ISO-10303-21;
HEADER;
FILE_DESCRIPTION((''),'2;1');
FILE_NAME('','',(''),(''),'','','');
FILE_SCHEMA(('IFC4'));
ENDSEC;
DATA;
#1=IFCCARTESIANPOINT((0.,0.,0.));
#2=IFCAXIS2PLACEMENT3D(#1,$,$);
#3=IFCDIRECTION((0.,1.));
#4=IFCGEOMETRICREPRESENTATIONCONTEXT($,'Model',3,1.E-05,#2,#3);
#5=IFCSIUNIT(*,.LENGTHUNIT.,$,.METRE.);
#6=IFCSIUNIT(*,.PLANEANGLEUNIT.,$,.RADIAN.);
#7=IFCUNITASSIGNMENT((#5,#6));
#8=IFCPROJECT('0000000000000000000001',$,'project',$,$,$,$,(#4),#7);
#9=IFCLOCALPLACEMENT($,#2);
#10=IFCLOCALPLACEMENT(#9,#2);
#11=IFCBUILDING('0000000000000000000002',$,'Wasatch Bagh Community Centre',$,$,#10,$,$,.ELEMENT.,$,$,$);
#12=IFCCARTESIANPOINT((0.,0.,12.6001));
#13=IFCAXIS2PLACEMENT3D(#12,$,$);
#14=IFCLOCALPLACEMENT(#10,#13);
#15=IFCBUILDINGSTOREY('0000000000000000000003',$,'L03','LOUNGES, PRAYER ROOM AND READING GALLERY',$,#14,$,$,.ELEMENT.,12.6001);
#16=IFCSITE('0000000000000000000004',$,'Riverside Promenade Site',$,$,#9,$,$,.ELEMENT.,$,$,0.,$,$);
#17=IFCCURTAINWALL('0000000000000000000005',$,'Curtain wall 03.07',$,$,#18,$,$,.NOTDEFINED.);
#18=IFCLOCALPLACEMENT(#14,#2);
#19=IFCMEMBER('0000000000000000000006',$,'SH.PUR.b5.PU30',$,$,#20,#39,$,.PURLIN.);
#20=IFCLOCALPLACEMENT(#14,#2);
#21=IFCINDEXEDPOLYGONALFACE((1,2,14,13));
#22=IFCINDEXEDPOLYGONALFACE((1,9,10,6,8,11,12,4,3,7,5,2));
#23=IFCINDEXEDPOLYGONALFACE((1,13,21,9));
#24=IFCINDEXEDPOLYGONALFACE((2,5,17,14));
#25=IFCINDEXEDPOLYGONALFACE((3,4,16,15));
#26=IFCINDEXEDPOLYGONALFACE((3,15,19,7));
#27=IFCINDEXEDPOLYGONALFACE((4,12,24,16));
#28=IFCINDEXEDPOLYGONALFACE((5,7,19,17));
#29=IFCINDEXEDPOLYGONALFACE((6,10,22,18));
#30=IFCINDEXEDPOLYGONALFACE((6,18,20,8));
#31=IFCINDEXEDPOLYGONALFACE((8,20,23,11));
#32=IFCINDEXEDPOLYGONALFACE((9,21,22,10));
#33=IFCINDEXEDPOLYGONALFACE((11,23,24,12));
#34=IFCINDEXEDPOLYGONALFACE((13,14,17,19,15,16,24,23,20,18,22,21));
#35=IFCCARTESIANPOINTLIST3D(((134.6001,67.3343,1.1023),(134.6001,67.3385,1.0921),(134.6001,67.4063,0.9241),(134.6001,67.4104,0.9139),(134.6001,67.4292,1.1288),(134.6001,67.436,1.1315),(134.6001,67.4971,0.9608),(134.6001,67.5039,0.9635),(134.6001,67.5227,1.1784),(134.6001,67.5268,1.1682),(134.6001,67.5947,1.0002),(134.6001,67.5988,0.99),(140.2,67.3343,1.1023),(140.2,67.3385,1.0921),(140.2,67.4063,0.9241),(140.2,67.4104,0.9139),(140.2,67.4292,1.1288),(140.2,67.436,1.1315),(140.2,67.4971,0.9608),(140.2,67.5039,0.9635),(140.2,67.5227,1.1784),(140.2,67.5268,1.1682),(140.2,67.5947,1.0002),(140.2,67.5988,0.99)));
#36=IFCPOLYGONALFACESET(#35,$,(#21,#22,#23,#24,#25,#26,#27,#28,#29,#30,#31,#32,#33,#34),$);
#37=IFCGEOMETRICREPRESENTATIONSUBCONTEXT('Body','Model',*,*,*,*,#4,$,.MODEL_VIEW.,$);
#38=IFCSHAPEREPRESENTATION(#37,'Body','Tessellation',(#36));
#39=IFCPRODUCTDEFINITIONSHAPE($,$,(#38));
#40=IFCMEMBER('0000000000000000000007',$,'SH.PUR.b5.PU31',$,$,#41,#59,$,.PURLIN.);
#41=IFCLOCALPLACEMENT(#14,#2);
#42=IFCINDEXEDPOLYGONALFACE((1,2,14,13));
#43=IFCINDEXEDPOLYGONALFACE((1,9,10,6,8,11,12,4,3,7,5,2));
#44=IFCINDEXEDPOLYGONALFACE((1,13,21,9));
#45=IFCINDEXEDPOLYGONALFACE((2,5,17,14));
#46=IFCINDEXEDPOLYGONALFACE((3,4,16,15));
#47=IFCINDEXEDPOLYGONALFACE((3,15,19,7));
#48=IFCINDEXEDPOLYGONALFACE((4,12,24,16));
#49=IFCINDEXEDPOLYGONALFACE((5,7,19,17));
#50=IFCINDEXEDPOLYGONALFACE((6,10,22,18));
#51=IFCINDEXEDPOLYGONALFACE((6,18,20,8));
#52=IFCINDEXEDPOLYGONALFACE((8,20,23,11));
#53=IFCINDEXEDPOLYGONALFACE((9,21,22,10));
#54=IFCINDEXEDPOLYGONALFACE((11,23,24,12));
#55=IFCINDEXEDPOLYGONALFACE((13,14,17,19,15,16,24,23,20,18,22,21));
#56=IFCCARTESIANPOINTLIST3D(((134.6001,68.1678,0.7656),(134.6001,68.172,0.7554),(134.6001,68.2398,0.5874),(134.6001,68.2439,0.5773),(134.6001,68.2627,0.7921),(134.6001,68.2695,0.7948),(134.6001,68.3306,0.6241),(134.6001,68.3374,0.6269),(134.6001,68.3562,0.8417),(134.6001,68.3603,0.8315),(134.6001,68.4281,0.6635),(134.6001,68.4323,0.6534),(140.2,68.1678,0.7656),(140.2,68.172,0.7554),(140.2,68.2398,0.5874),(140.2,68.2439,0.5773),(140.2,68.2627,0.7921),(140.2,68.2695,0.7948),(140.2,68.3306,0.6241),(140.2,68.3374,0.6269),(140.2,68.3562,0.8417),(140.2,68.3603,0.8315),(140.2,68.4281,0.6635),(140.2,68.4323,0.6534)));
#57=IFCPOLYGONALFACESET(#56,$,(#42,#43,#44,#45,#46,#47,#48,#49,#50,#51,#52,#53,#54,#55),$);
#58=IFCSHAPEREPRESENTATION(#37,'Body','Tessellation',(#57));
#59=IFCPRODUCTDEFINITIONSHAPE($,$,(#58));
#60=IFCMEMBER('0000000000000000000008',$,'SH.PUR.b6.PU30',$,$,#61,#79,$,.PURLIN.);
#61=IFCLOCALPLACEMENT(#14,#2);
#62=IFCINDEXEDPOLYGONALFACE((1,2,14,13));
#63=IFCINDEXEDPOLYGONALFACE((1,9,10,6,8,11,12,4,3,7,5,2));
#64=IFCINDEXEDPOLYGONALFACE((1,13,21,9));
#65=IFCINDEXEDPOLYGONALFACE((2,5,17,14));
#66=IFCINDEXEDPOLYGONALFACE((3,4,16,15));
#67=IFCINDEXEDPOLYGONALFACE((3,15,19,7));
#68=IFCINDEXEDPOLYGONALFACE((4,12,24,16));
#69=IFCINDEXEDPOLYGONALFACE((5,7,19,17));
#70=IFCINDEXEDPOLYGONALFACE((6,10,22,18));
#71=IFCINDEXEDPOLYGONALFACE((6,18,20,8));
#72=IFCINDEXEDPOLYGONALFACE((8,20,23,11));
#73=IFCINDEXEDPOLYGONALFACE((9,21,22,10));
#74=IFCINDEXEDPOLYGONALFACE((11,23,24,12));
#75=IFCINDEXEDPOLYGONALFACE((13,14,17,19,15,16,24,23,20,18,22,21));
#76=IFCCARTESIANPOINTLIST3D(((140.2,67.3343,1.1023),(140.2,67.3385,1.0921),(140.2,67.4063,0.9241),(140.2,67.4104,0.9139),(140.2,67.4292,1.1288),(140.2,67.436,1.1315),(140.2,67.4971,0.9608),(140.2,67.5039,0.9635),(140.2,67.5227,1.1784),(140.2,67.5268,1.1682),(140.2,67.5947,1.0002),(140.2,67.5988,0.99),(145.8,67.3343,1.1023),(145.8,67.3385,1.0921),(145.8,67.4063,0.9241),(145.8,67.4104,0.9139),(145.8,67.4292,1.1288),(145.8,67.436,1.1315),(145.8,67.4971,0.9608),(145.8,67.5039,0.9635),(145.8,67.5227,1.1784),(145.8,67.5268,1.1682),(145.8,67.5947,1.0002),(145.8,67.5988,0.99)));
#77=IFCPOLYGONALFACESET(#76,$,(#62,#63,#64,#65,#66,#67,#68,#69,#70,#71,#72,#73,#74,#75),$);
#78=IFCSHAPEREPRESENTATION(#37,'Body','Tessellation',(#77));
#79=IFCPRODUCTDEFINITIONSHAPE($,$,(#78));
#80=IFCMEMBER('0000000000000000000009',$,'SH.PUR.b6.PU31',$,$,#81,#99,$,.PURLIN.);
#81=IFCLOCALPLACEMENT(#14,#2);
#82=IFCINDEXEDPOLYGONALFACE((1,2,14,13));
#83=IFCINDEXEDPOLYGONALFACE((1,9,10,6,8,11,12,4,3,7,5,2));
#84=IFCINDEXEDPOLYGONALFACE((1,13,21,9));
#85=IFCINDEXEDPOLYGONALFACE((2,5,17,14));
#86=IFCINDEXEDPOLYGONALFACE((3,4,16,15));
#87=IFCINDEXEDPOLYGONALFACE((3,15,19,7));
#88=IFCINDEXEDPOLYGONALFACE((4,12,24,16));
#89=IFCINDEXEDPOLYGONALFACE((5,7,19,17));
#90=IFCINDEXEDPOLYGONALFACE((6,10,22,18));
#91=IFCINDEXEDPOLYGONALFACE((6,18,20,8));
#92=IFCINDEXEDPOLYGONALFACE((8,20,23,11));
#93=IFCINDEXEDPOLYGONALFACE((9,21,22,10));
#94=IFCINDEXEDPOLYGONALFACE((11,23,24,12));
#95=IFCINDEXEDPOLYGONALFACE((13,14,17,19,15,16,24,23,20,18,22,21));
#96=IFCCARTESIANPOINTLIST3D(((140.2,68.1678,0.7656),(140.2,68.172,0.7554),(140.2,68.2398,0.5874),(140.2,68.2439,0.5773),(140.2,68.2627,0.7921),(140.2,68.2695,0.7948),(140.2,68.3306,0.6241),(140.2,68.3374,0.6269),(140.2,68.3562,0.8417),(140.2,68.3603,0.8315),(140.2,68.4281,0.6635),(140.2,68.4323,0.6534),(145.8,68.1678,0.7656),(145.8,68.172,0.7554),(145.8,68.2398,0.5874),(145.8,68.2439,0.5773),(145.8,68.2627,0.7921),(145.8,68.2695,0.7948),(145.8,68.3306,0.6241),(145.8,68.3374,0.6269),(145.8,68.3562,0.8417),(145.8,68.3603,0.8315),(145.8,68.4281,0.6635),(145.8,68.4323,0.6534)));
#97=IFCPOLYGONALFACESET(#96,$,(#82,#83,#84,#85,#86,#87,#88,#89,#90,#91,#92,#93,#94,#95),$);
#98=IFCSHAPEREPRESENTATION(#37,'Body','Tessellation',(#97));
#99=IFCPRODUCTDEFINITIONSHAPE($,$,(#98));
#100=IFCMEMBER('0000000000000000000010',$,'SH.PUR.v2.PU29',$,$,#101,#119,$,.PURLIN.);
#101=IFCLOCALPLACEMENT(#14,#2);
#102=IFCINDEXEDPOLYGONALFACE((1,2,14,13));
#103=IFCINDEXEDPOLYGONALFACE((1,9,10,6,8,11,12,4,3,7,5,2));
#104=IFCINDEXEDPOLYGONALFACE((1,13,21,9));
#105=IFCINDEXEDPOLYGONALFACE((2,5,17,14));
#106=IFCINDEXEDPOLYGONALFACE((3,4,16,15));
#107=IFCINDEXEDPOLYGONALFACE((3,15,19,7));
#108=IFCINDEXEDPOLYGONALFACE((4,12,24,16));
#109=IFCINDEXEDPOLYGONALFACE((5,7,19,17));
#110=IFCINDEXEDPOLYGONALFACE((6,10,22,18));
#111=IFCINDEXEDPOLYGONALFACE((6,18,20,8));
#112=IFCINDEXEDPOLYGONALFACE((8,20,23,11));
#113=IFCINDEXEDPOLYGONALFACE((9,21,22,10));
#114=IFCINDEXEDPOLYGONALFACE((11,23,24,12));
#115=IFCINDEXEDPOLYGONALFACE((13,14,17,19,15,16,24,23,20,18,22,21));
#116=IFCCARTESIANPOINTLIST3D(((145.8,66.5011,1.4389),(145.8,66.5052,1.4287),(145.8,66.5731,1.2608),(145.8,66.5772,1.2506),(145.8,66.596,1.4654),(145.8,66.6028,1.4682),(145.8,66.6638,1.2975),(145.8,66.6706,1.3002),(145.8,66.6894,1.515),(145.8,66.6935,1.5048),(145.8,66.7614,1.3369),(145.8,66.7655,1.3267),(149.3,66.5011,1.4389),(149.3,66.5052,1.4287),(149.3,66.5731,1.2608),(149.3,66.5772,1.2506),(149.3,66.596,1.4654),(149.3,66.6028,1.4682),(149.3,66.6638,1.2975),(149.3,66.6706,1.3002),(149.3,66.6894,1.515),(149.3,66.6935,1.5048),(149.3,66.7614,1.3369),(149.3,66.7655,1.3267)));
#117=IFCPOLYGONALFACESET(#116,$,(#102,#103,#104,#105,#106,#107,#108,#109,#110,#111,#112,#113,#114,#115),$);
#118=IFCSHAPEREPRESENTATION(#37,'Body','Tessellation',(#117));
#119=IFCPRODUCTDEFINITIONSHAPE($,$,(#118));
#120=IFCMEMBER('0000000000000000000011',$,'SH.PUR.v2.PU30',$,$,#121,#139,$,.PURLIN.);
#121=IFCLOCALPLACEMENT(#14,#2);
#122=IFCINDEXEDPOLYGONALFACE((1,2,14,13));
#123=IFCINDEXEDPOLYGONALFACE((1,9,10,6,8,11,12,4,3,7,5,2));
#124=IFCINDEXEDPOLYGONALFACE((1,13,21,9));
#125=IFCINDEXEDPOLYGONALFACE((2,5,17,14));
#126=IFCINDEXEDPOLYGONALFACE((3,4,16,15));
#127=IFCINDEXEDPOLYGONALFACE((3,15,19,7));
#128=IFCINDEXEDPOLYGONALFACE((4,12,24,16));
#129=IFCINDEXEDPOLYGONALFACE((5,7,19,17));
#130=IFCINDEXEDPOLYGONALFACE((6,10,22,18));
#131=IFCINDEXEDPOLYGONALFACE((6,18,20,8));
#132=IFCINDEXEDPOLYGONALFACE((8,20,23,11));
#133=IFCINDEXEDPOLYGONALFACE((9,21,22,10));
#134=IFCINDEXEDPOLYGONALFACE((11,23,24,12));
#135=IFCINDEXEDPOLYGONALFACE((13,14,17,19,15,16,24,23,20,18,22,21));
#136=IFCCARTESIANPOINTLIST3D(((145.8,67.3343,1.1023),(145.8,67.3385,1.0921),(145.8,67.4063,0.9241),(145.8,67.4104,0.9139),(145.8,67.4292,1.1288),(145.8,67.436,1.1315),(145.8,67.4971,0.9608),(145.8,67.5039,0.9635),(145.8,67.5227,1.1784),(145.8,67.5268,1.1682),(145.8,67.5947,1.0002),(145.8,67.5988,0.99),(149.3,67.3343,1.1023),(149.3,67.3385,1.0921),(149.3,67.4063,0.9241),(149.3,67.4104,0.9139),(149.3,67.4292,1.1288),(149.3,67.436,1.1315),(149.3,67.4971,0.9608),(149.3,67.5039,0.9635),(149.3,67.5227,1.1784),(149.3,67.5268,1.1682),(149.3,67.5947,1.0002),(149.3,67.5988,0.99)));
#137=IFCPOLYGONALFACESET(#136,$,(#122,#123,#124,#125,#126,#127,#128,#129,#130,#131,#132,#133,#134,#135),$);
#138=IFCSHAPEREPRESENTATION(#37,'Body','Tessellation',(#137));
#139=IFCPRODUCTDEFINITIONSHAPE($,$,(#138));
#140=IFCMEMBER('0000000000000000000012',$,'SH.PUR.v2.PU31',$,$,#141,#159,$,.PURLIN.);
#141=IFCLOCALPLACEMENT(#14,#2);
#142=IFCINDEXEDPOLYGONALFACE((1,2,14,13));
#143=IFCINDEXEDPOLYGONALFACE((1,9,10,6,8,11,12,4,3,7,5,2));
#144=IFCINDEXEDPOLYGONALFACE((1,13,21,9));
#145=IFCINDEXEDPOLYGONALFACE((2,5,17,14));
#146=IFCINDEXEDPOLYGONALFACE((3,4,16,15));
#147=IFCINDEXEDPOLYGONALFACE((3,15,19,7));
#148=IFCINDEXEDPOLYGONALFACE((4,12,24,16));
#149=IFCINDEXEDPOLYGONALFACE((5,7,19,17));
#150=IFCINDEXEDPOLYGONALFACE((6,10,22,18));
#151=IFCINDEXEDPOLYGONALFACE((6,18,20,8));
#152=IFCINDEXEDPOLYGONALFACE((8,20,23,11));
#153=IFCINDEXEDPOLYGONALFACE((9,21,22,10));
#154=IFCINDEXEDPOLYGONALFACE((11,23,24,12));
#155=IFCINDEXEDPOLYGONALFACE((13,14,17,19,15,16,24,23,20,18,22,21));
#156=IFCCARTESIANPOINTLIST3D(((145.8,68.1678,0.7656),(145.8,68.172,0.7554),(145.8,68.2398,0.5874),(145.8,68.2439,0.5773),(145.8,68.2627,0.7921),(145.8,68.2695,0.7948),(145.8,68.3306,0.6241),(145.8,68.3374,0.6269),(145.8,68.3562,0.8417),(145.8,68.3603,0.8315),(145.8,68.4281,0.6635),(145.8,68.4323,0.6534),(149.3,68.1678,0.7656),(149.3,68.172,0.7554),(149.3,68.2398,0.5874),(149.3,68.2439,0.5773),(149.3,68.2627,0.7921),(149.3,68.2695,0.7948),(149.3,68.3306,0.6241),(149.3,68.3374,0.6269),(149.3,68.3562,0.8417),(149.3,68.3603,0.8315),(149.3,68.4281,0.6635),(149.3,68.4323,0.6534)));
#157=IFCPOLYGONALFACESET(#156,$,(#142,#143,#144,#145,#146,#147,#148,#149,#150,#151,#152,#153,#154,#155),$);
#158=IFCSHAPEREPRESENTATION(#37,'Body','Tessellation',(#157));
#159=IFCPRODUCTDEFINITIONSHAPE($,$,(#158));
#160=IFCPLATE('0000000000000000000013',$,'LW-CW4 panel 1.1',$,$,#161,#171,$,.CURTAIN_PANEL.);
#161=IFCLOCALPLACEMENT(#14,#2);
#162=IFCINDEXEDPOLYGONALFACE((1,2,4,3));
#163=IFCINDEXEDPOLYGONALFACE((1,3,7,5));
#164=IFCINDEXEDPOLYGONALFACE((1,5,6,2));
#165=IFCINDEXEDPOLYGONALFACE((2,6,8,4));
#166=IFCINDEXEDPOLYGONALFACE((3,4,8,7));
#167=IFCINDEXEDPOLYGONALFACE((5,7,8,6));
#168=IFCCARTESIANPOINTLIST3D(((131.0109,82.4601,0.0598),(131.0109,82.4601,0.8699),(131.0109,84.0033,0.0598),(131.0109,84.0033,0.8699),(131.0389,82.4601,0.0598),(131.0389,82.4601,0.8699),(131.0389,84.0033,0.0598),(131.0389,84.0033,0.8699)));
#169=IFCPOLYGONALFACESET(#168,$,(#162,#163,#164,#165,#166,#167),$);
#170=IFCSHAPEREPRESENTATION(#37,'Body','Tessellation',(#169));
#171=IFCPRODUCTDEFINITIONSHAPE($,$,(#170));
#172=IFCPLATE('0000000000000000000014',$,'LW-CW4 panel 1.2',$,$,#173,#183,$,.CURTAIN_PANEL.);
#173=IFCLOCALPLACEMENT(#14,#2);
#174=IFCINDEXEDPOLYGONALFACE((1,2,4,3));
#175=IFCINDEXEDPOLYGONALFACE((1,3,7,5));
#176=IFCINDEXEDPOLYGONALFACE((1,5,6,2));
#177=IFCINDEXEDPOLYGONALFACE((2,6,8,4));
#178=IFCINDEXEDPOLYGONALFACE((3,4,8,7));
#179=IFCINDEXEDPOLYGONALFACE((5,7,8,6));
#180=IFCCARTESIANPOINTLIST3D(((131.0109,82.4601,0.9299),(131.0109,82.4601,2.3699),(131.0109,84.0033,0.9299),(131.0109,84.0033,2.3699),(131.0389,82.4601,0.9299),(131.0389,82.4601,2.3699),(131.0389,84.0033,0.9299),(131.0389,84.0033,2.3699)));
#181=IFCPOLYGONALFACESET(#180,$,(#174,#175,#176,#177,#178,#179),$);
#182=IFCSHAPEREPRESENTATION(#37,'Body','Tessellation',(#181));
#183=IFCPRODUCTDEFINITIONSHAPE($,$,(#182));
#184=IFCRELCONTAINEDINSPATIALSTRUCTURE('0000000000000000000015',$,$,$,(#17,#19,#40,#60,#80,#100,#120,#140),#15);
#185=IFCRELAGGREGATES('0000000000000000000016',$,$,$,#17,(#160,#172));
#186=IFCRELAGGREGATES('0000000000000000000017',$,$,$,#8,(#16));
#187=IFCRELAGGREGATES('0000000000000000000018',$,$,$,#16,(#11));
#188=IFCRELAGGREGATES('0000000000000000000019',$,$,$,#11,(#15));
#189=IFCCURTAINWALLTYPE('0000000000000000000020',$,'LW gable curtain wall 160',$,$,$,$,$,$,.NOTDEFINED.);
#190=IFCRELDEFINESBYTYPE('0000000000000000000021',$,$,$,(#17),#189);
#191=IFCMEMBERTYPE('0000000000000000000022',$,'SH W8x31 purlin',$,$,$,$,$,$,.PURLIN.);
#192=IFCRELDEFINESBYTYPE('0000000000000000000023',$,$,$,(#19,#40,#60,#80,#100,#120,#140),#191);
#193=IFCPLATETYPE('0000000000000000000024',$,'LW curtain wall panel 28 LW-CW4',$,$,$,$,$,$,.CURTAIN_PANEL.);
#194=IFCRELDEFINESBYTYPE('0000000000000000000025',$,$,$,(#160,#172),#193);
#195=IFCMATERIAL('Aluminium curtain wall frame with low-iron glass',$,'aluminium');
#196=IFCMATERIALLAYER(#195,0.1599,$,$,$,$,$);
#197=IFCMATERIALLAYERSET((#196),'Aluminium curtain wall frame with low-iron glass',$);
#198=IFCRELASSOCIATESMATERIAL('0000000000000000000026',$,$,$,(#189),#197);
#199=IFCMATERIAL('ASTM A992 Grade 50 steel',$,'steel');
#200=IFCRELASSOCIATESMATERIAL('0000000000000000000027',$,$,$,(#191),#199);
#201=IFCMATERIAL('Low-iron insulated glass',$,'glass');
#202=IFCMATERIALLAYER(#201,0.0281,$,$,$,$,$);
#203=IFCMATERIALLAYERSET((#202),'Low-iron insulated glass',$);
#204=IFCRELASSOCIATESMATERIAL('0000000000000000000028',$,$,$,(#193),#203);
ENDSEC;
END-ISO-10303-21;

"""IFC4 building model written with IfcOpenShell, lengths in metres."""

from ifc_helpers import new_model, si_unit, direction, frame, origin, origin_2d, place, context, subcontext, project, spatial, rectangle, i_section, extrude, material, layer, layer_set, material_profile, profile_set, type_object, element, aggregate, save


model = new_model("IFC4")

# Units and contexts
model_context = context("Model", 3, precision=1e-05, world=origin(), true_north=direction((0.0, 1.0)))
body_context = subcontext(model_context, "Body", "Model", "MODEL_VIEW")
ifc_project = project(units=[si_unit("LENGTHUNIT", "METRE"), si_unit("PLANEANGLEUNIT", "RADIAN")], contexts=[model_context])

# Site, building, storey
site_placement = place(None, origin())
site = spatial("IfcSite", under=ifc_project, at=site_placement, Name="Riverside Promenade Site", CompositionType="ELEMENT", RefElevation=0.0)
building_placement = place(site_placement, origin())
building = spatial("IfcBuilding", under=site, at=building_placement, Name="Wasatch Bagh Community Centre", CompositionType="ELEMENT")
storey_placement = place(building_placement, frame((0.0, 0.0, 12.6001)))
storey = spatial("IfcBuildingStorey", under=building, at=storey_placement, Name="L03", Description="LOUNGES, PRAYER ROOM AND READING GALLERY", CompositionType="ELEMENT", Elevation=12.6001)

# Curtain wall
ifc_material_1 = material(Name="Aluminium curtain wall frame with low-iron glass", Category="aluminium")
ifc_layer_1 = layer(ifc_material_1, 0.1599)
ifc_layer_set_1 = layer_set([ifc_layer_1], Name="Aluminium curtain wall frame with low-iron glass")
curtain_wall_type = type_object("IfcCurtainWallType", Name="LW gable curtain wall 160", PredefinedType="NOTDEFINED", material=ifc_layer_set_1)
curtain_wall_placement = place(storey_placement, origin())
curtain_wall = element("IfcCurtainWall", 1, at=curtain_wall_placement, inside=storey, type_object=curtain_wall_type, Name="Curtain wall 03.07", PredefinedType="NOTDEFINED")

# Members
ifc_material_2 = material(Name="ASTM A992 Grade 50 steel", Category="steel")
ifc_material_profile_1 = material_profile(ifc_material_2, i_section(OverallWidth=0.2031, OverallDepth=0.2031, WebThickness=0.0073, FlangeThickness=0.011, at=origin_2d()), Name="W8x31")
ifc_profile_set_1 = profile_set([ifc_material_profile_1], Name="ASTM A992 Grade 50 steel")
member_type_1 = type_object("IfcMemberType", Name="SH W8x31 purlin", PredefinedType="PURLIN", material=ifc_profile_set_1)
for number, where, z_axis, x_axis, name in (
    (2, (134.6001, 67.4666, 1.0461), (1.0, 0.0, 0.0), (0.0, 0.927184, 0.374607), "SH.PUR.b5.PU30"),
    (3, (134.6001, 68.3, 0.7095), (1.0, 0.0, 0.0), (0.0, 0.927184, 0.374607), "SH.PUR.b5.PU31"),
):
    element("IfcMember", number, at=place(storey_placement, frame(where, z_axis=z_axis, x_axis=x_axis)), inside=storey, type_object=member_type_1, Name=name, PredefinedType="PURLIN", context=body_context, shape_type="SweptSolid", body=[
        extrude(i_section(OverallWidth=0.2031, OverallDepth=0.2031, WebThickness=0.0073, FlangeThickness=0.011, at=origin_2d()), origin(), (0.0, 0.0, 1.0), 5.5999),
    ])
for number, where, z_axis, x_axis, name in (
    (4, (140.2, 67.4666, 1.0461), (1.0, 0.0, 0.0), (0.0, 0.927184, 0.374607), "SH.PUR.b6.PU30"),
    (5, (140.2, 68.3, 0.7095), (1.0, 0.0, 0.0), (0.0, 0.927184, 0.374607), "SH.PUR.b6.PU31"),
):
    element("IfcMember", number, at=place(storey_placement, frame(where, z_axis=z_axis, x_axis=x_axis)), inside=storey, type_object=member_type_1, Name=name, PredefinedType="PURLIN", context=body_context, shape_type="SweptSolid", body=[
        extrude(i_section(OverallWidth=0.2031, OverallDepth=0.2031, WebThickness=0.0073, FlangeThickness=0.011, at=origin_2d()), origin(), (0.0, 0.0, 1.0), 5.6001),
    ])
for number, where, z_axis, x_axis, name in (
    (6, (145.8, 66.6333, 1.3828), (1.0, 0.0, 0.0), (0.0, 0.927184, 0.374607), "SH.PUR.v2.PU29"),
    (7, (145.8, 67.4666, 1.0461), (1.0, 0.0, 0.0), (0.0, 0.927184, 0.374607), "SH.PUR.v2.PU30"),
    (8, (145.8, 68.3, 0.7095), (1.0, 0.0, 0.0), (0.0, 0.927184, 0.374607), "SH.PUR.v2.PU31"),
):
    element("IfcMember", number, at=place(storey_placement, frame(where, z_axis=z_axis, x_axis=x_axis)), inside=storey, type_object=member_type_1, Name=name, PredefinedType="PURLIN", context=body_context, shape_type="SweptSolid", body=[
        extrude(i_section(OverallWidth=0.2031, OverallDepth=0.2031, WebThickness=0.0073, FlangeThickness=0.011, at=origin_2d()), origin(), (0.0, 0.0, 1.0), 3.5),
    ])

# Plates
ifc_material_3 = material(Name="Low-iron insulated glass", Category="glass")
ifc_layer_2 = layer(ifc_material_3, 0.0281)
ifc_layer_set_2 = layer_set([ifc_layer_2], Name="Low-iron insulated glass")
plate_type_1 = type_object("IfcPlateType", Name="LW curtain wall panel 28 LW-CW4", PredefinedType="CURTAIN_PANEL", material=ifc_layer_set_2)
plate_1_placement = place(storey_placement, frame((131.0249, 83.2317, 0.0598), z_axis=(0.0, 0.0, 1.0), x_axis=(0.0, 1.0, 0.0)))
plate_1 = element("IfcPlate", 9, at=plate_1_placement, type_object=plate_type_1, Name="LW-CW4 panel 1.1", PredefinedType="CURTAIN_PANEL", context=body_context, shape_type="SweptSolid", body=[
    extrude(rectangle(XDim=1.5432, YDim=0.0281, at=origin_2d()), origin(), (0.0, 0.0, 1.0), 0.8101),
])
plate_2_placement = place(storey_placement, frame((131.0249, 83.2317, 0.9299), z_axis=(0.0, 0.0, 1.0), x_axis=(0.0, 1.0, 0.0)))
plate_2 = element("IfcPlate", 10, at=plate_2_placement, type_object=plate_type_1, Name="LW-CW4 panel 1.2", PredefinedType="CURTAIN_PANEL", context=body_context, shape_type="SweptSolid", body=[
    extrude(rectangle(XDim=1.5432, YDim=0.0281, at=origin_2d()), origin(), (0.0, 0.0, 1.0), 1.4399),
])
aggregate(curtain_wall, [plate_1, plate_2])

save(model, "model.ifc")
